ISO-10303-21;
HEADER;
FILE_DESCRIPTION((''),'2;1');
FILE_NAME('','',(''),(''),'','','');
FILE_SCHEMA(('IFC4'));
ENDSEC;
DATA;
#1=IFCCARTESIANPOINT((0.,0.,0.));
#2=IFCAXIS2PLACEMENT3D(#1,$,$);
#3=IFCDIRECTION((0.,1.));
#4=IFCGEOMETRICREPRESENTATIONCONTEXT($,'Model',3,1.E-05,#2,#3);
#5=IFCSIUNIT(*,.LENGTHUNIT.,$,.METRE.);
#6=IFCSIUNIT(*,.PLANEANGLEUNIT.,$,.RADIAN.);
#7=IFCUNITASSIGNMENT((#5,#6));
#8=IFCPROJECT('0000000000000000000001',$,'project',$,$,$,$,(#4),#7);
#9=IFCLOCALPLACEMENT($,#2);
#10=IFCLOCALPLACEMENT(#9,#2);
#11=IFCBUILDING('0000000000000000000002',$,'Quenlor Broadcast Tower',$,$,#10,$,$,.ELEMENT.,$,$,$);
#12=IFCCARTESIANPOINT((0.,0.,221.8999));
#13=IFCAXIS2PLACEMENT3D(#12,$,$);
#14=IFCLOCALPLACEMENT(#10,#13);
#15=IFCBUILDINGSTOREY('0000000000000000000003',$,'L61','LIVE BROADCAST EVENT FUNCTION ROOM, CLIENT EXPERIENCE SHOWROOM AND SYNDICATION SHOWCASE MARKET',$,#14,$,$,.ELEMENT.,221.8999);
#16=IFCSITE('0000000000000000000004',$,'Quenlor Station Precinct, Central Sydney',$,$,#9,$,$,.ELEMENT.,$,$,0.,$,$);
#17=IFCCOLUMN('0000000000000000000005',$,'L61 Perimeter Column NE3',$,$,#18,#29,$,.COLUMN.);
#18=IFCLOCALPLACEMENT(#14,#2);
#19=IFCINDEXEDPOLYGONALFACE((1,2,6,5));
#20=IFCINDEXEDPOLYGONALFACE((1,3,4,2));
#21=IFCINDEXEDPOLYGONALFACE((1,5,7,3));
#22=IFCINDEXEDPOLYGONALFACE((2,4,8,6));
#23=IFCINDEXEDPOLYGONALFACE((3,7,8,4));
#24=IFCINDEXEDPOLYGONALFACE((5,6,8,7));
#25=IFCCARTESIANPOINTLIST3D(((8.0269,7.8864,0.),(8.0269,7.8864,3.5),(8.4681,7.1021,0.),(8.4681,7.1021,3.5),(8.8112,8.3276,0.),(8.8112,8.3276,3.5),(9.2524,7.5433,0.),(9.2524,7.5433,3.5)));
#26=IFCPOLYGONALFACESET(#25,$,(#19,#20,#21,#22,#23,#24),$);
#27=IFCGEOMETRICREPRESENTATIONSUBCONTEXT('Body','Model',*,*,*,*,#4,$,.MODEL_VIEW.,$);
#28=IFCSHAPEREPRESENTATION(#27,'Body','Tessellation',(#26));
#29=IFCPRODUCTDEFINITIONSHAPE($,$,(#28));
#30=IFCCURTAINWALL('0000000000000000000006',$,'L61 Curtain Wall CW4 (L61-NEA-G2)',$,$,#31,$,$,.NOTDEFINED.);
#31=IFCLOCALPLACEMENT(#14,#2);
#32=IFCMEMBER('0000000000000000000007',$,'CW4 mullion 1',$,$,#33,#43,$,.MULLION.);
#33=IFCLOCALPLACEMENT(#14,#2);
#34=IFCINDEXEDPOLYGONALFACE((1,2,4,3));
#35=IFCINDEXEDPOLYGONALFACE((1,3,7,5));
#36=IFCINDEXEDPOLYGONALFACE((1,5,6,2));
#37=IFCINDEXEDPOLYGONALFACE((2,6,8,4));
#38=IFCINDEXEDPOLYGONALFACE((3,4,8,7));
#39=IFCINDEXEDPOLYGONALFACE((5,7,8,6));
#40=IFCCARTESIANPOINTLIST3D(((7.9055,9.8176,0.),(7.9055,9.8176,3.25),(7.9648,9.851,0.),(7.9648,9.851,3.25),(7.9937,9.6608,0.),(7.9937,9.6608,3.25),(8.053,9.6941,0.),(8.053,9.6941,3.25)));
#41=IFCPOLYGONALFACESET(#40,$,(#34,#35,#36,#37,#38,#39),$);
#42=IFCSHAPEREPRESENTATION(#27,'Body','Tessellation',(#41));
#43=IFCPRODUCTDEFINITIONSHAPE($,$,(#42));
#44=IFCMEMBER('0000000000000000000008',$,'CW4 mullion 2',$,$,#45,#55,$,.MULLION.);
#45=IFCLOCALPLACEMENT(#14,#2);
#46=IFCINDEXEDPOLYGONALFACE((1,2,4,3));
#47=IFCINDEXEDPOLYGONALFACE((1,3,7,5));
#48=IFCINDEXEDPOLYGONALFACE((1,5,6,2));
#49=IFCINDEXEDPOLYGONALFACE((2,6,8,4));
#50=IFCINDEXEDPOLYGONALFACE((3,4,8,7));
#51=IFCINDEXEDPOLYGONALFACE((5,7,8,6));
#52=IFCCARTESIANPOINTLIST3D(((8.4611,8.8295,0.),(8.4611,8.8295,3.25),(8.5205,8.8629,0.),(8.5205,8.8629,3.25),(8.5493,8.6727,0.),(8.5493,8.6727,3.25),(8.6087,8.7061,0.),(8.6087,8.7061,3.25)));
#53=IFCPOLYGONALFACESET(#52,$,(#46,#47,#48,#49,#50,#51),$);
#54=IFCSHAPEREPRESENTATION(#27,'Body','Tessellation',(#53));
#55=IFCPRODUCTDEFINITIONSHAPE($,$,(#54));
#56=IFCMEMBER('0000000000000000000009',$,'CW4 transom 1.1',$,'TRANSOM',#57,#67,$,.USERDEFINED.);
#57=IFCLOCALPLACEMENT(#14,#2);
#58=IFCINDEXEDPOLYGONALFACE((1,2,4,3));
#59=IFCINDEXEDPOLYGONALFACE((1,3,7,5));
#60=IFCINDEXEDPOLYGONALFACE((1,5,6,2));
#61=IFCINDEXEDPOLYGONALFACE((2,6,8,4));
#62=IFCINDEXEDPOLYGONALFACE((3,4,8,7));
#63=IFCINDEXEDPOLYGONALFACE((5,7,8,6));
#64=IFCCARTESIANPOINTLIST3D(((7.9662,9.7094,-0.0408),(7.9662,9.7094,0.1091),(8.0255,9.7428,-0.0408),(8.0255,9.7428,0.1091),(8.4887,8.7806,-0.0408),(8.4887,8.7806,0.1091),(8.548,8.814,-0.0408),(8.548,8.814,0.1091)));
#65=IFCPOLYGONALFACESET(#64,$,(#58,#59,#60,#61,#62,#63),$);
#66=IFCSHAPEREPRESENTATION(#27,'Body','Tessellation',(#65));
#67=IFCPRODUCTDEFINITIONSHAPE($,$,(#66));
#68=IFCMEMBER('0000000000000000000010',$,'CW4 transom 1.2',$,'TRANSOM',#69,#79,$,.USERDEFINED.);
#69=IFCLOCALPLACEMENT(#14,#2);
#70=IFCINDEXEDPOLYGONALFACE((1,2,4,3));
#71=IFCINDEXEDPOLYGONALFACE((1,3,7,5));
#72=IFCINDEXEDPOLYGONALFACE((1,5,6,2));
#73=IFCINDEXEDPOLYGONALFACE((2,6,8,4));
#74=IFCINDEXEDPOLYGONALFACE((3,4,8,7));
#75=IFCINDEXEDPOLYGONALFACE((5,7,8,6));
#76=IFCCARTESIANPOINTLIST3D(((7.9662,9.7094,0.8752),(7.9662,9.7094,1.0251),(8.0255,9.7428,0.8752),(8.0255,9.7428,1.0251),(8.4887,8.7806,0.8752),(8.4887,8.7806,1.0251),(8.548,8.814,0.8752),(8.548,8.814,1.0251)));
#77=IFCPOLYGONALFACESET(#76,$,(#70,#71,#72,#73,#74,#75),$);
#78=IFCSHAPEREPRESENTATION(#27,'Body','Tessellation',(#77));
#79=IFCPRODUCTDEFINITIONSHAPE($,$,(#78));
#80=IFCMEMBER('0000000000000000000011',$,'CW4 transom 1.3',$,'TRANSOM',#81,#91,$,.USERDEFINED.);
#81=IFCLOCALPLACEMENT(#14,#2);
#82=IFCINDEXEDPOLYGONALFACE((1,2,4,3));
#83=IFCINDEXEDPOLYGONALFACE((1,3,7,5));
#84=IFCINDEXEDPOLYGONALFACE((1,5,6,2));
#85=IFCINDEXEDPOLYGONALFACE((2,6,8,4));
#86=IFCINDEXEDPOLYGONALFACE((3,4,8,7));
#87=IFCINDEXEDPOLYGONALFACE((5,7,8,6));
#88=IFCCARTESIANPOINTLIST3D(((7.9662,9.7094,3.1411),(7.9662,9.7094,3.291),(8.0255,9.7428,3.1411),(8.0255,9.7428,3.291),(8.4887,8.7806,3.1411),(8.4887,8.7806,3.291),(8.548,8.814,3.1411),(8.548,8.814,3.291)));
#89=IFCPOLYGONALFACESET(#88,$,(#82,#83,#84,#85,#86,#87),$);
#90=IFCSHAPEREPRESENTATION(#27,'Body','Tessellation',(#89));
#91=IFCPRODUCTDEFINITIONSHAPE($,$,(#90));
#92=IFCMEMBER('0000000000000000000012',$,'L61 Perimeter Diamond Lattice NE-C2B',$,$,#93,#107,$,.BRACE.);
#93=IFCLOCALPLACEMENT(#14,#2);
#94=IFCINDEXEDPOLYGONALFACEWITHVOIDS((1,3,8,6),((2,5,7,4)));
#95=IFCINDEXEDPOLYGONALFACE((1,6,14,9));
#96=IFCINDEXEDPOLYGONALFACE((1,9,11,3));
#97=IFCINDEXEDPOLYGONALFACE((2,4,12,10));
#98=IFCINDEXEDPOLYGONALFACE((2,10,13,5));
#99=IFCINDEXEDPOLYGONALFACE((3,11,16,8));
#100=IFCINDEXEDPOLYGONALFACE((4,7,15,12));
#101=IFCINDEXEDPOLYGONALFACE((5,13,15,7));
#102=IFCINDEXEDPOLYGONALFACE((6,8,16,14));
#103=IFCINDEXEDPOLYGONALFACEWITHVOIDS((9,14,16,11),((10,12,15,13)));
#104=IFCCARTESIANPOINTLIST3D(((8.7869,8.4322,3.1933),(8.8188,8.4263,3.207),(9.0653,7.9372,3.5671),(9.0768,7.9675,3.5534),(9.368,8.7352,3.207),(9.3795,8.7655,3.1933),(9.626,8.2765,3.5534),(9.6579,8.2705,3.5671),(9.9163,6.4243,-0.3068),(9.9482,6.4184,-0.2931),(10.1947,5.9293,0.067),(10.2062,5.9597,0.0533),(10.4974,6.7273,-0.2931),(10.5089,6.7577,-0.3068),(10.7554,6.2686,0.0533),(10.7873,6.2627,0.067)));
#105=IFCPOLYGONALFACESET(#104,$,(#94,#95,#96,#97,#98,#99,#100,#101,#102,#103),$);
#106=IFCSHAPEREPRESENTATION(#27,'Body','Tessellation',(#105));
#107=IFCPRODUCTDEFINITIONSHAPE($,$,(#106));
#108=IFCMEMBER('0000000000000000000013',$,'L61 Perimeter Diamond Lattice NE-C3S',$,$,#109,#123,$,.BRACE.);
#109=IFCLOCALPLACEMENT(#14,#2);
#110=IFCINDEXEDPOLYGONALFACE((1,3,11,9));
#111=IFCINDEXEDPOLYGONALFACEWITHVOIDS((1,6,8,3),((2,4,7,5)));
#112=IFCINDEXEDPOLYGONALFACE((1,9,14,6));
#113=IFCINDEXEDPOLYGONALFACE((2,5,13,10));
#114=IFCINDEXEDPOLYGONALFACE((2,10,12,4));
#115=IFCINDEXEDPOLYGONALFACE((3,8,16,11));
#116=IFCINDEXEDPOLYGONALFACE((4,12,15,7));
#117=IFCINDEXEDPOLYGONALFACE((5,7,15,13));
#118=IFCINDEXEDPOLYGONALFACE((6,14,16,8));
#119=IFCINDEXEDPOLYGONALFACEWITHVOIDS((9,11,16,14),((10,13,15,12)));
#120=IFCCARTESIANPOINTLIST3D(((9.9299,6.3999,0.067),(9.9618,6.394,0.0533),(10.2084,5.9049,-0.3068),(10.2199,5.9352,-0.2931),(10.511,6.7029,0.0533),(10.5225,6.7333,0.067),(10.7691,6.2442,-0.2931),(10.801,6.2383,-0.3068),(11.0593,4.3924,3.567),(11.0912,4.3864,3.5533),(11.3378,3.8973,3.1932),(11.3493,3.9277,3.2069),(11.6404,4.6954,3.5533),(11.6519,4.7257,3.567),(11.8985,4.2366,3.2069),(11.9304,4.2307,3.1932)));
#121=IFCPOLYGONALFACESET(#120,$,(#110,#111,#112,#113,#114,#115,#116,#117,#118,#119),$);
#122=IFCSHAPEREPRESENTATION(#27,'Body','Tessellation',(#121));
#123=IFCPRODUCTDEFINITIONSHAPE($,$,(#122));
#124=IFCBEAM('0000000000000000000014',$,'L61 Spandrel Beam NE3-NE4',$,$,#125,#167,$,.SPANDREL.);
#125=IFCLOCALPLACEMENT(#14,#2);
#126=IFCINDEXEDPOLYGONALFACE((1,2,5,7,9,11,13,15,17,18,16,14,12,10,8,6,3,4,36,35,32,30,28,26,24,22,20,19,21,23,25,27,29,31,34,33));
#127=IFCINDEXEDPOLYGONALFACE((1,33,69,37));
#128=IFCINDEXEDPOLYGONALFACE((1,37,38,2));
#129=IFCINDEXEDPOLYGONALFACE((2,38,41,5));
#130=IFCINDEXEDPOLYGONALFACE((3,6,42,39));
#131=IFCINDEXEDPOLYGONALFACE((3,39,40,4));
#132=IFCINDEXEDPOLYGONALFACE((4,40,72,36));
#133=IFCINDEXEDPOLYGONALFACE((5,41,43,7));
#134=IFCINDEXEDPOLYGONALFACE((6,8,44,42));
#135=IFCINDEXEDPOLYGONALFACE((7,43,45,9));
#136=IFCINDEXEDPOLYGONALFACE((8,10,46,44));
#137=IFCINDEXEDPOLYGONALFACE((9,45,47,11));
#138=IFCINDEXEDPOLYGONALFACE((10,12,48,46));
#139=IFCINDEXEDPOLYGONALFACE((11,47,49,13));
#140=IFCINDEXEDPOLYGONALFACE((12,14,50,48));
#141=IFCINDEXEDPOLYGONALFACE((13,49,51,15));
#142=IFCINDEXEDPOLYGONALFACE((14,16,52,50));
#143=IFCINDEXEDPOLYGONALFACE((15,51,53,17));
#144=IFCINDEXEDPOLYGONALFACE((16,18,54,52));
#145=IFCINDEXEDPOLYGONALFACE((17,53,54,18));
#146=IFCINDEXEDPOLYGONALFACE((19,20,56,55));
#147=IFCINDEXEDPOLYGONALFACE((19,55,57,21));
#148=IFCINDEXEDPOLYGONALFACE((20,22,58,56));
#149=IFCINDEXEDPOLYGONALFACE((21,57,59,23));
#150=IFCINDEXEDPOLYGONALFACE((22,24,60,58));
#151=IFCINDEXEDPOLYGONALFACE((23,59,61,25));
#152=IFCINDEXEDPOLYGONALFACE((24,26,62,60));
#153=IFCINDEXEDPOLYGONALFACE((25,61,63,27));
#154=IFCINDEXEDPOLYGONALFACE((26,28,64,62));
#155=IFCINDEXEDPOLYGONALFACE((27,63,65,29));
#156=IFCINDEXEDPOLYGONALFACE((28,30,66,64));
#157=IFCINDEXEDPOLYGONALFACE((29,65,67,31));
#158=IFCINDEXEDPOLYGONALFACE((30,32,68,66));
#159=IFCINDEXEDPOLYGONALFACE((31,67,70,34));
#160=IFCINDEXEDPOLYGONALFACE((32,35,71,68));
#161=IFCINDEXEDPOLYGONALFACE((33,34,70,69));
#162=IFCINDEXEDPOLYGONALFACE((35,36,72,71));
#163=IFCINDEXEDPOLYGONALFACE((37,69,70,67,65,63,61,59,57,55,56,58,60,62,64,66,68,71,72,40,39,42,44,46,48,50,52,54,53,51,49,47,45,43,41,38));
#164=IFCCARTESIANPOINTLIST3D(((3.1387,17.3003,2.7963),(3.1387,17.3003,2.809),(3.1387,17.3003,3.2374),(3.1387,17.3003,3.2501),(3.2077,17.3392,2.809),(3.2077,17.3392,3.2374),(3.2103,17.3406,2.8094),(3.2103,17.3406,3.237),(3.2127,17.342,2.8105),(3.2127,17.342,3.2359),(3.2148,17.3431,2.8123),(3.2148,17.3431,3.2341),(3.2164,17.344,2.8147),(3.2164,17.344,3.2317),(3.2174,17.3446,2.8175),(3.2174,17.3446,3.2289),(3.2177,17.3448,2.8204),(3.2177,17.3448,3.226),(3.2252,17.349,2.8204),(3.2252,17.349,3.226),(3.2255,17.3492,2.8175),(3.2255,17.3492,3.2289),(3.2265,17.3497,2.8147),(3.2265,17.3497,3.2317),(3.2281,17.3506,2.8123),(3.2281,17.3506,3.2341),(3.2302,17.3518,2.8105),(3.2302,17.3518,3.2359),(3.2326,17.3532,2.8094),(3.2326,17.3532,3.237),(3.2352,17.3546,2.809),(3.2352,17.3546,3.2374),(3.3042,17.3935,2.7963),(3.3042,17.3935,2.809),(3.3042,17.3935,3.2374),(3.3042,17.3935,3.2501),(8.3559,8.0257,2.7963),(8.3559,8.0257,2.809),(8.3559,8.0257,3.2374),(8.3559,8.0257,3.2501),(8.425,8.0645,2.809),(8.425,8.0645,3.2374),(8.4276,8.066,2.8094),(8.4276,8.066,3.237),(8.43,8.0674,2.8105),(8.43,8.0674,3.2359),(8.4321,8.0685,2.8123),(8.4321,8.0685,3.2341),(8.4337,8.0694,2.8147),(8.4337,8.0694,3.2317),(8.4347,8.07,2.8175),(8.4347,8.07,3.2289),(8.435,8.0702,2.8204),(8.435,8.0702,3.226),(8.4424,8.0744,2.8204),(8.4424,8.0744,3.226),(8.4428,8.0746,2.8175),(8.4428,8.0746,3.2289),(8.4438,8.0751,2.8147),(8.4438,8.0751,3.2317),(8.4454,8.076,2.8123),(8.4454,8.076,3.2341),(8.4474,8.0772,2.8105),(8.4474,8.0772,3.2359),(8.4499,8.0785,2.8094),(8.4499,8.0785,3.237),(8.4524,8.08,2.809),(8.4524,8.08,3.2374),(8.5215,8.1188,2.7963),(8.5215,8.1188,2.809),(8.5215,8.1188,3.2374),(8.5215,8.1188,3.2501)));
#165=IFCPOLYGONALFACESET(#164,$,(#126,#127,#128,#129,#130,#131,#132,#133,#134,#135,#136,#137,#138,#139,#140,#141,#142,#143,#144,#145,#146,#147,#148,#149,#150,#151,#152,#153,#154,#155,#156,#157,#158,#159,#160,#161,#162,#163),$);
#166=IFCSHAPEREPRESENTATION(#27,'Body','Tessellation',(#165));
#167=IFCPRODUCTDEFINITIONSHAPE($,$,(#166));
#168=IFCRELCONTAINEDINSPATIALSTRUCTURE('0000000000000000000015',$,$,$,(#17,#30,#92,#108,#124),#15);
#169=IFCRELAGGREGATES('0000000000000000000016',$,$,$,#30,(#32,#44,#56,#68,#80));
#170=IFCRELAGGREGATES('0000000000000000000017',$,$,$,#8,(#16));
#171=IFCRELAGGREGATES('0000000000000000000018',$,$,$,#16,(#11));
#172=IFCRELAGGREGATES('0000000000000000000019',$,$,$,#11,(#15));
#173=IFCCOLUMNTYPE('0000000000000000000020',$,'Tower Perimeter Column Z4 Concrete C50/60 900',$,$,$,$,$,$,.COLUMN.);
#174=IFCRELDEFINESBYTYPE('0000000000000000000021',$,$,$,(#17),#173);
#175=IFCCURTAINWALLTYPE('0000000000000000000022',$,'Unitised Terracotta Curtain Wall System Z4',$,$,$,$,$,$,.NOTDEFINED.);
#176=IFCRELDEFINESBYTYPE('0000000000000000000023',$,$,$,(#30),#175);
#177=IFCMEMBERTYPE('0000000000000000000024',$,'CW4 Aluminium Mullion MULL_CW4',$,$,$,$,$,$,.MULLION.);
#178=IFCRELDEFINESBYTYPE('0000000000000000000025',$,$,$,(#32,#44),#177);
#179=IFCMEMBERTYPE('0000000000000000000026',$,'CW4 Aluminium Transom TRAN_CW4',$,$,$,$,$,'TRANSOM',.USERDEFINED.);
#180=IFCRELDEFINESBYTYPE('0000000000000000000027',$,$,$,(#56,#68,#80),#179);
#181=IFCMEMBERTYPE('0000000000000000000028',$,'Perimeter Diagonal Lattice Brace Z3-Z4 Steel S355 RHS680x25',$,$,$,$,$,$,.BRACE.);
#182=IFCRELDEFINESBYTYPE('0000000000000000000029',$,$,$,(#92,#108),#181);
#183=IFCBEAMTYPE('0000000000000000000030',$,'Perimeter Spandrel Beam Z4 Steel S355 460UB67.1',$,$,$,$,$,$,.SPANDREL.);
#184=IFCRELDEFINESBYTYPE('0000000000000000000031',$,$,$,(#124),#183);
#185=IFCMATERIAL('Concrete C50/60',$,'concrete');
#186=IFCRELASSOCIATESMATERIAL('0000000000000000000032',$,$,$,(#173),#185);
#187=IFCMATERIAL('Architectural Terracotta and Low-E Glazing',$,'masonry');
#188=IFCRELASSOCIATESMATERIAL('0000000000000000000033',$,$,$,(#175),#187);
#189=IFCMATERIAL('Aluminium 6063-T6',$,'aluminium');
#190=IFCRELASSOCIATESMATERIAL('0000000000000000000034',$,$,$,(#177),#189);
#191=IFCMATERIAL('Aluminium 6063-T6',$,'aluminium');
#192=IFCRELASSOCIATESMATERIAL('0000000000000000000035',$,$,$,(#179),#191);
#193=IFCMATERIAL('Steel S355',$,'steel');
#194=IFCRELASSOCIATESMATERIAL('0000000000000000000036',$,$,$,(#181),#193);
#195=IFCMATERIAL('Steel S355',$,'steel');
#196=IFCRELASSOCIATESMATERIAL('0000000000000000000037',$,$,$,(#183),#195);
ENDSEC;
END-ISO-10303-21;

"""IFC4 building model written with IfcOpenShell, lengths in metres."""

from ifc_helpers import new_model, si_unit, direction, frame, origin, origin_2d, place, context, subcontext, project, spatial, rectangle, hollow_rectangle, i_section, extrude, material, material_profile, profile_set, type_object, element, aggregate, save


model = new_model("IFC4")

# Units and contexts
model_context = context("Model", 3, precision=1e-05, world=origin(), true_north=direction((0.0, 1.0)))
body_context = subcontext(model_context, "Body", "Model", "MODEL_VIEW")
ifc_project = project(units=[si_unit("LENGTHUNIT", "METRE"), si_unit("PLANEANGLEUNIT", "RADIAN")], contexts=[model_context])

# Site, building, storey
site_placement = place(None, origin())
site = spatial("IfcSite", under=ifc_project, at=site_placement, Name="Quenlor Station Precinct, Central Sydney", CompositionType="ELEMENT", RefElevation=0.0)
building_placement = place(site_placement, origin())
building = spatial("IfcBuilding", under=site, at=building_placement, Name="Quenlor Broadcast Tower", CompositionType="ELEMENT")
storey_placement = place(building_placement, frame((0.0, 0.0, 221.8999)))
storey = spatial("IfcBuildingStorey", under=building, at=storey_placement, Name="L61", Description="LIVE BROADCAST EVENT FUNCTION ROOM, CLIENT EXPERIENCE SHOWROOM AND SYNDICATION SHOWCASE MARKET", CompositionType="ELEMENT", Elevation=221.8999)

# Column
ifc_material_1 = material(Name="Concrete C50/60", Category="concrete")
ifc_material_profile_1 = material_profile(ifc_material_1, rectangle(XDim=0.8999, YDim=0.8999, at=origin_2d()))
ifc_profile_set_1 = profile_set([ifc_material_profile_1], Name="Concrete C50/60 RC900x900")
column_type = type_object("IfcColumnType", Name="Tower Perimeter Column Z4 Concrete C50/60 900", PredefinedType="COLUMN", material=ifc_profile_set_1)
column_placement = place(storey_placement, frame((8.6396, 7.7148, 0.0), z_axis=(0.0, 0.0, 1.0), x_axis=(0.871575, 0.490262, 0.0)))
element("IfcColumn", 1, at=column_placement, inside=storey, type_object=column_type, Name="L61 Perimeter Column NE3", PredefinedType="COLUMN", context=body_context, shape_type="SweptSolid", body=[
    extrude(rectangle(XDim=0.8999, YDim=0.8999, at=origin_2d()), origin(), (0.0, 0.0, 1.0), 3.5),
])

# Curtain wall, members
ifc_material_2 = material(Name="Architectural Terracotta and Low-E Glazing", Category="masonry")
curtain_wall_type = type_object("IfcCurtainWallType", Name="Unitised Terracotta Curtain Wall System Z4", PredefinedType="NOTDEFINED", material=ifc_material_2)
curtain_wall_placement = place(storey_placement, origin())
curtain_wall = element("IfcCurtainWall", 2, at=curtain_wall_placement, inside=storey, type_object=curtain_wall_type, Name="L61 Curtain Wall CW4 (L61-NEA-G2)", PredefinedType="NOTDEFINED")
ifc_material_3 = material(Name="Aluminium 6063-T6", Category="aluminium")
ifc_material_profile_2 = material_profile(ifc_material_3, rectangle(XDim=0.0681, YDim=0.1799, at=origin_2d()))
ifc_profile_set_2 = profile_set([ifc_material_profile_2], Name="Aluminium 6063-T6 MULL68x180")
member_type_1 = type_object("IfcMemberType", Name="CW4 Aluminium Mullion MULL_CW4", PredefinedType="MULLION", material=ifc_profile_set_2)
member_1_placement = place(storey_placement, frame((7.9792, 9.7559, 0.0), z_axis=(0.0, 0.0, 1.0), x_axis=(0.871558, 0.490293, 0.0)))
member_1 = element("IfcMember", 3, at=member_1_placement, type_object=member_type_1, Name="CW4 mullion 1", PredefinedType="MULLION", context=body_context, shape_type="SweptSolid", body=[
    extrude(rectangle(XDim=0.0681, YDim=0.1799, at=origin_2d()), origin(), (0.0, 0.0, 1.0), 3.25),
])
member_2_placement = place(storey_placement, frame((8.5349, 8.7678, 0.0), z_axis=(0.0, 0.0, 1.0), x_axis=(0.871558, 0.490293, 0.0)))
member_2 = element("IfcMember", 4, at=member_2_placement, type_object=member_type_1, Name="CW4 mullion 2", PredefinedType="MULLION", context=body_context, shape_type="SweptSolid", body=[
    extrude(rectangle(XDim=0.0681, YDim=0.1799, at=origin_2d()), origin(), (0.0, 0.0, 1.0), 3.25),
])
ifc_material_4 = material(Name="Aluminium 6063-T6", Category="aluminium")
ifc_material_profile_3 = material_profile(ifc_material_4, rectangle(XDim=0.0681, YDim=0.1499, at=origin_2d()))
ifc_profile_set_3 = profile_set([ifc_material_profile_3], Name="Aluminium 6063-T6 TRAN68x150")
member_type_2 = type_object("IfcMemberType", Name="CW4 Aluminium Transom TRAN_CW4", ElementType="TRANSOM", PredefinedType="USERDEFINED", material=ifc_profile_set_3)
member_3_placement = place(storey_placement, frame((7.9958, 9.7261, 0.0342), z_axis=(0.490305, -0.871551, 0.0), x_axis=(0.871551, 0.490305, 0.0)))
member_3 = element("IfcMember", 5, at=member_3_placement, type_object=member_type_2, Name="CW4 transom 1.1", ObjectType="TRANSOM", PredefinedType="USERDEFINED", context=body_context, shape_type="SweptSolid", body=[
    extrude(rectangle(XDim=0.0681, YDim=0.1499, at=origin_2d()), origin(), (0.0, 0.0, 1.0), 1.0657),
])
member_4_placement = place(storey_placement, frame((7.9958, 9.7261, 0.9502), z_axis=(0.490305, -0.871551, 0.0), x_axis=(0.871551, 0.490305, 0.0)))
member_4 = element("IfcMember", 6, at=member_4_placement, type_object=member_type_2, Name="CW4 transom 1.2", ObjectType="TRANSOM", PredefinedType="USERDEFINED", context=body_context, shape_type="SweptSolid", body=[
    extrude(rectangle(XDim=0.0681, YDim=0.1499, at=origin_2d()), origin(), (0.0, 0.0, 1.0), 1.0657),
])
member_5_placement = place(storey_placement, frame((7.9958, 9.7261, 3.2161), z_axis=(0.490305, -0.871551, 0.0), x_axis=(0.871551, 0.490305, 0.0)))
member_5 = element("IfcMember", 7, at=member_5_placement, type_object=member_type_2, Name="CW4 transom 1.3", ObjectType="TRANSOM", PredefinedType="USERDEFINED", context=body_context, shape_type="SweptSolid", body=[
    extrude(rectangle(XDim=0.0681, YDim=0.1499, at=origin_2d()), origin(), (0.0, 0.0, 1.0), 1.0657),
])

# Members
ifc_material_5 = material(Name="Steel S355", Category="steel")
ifc_material_profile_4 = material_profile(ifc_material_5, hollow_rectangle(XDim=0.6799, YDim=0.6799, WallThickness=0.0249, at=origin_2d()))
ifc_profile_set_4 = profile_set([ifc_material_profile_4], Name="Steel S355 RHS680x680x25")
member_type_3 = type_object("IfcMemberType", Name="Perimeter Diagonal Lattice Brace Z3-Z4 Steel S355 RHS680x25", PredefinedType="BRACE", material=ifc_profile_set_4)
member_6_placement = place(storey_placement, frame((10.3518, 6.3435, -0.1199), z_axis=(-0.26954, 0.479181, 0.835305), x_axis=(-0.871576, -0.490261, 0.0)))
element("IfcMember", 8, at=member_6_placement, inside=storey, type_object=member_type_3, Name="L61 Perimeter Diamond Lattice NE-C2B", PredefinedType="BRACE", context=body_context, shape_type="SweptSolid", body=[
    extrude(hollow_rectangle(XDim=0.6799, YDim=0.6799, WallThickness=0.0249, at=origin_2d()), origin(), (0.0, 0.0, 1.0), 4.1902),
])
member_7_placement = place(storey_placement, frame((10.3655, 6.3191, -0.1199), z_axis=(0.269547, -0.479136, 0.835328), x_axis=(0.87155, 0.490307, 0.0)))
element("IfcMember", 9, at=member_7_placement, inside=storey, type_object=member_type_3, Name="L61 Perimeter Diamond Lattice NE-C3S", PredefinedType="BRACE", context=body_context, shape_type="SweptSolid", body=[
    extrude(hollow_rectangle(XDim=0.6799, YDim=0.6799, WallThickness=0.0249, at=origin_2d()), origin(), (0.0, 0.0, 1.0), 4.1899),
])

# Beam
ifc_material_6 = material(Name="Steel S355", Category="steel")
ifc_material_profile_5 = material_profile(ifc_material_6, i_section(OverallWidth=0.1899, OverallDepth=0.4539, WebThickness=0.0085, FlangeThickness=0.0127, FilletRadius=0.0115, at=origin_2d()))
ifc_profile_set_5 = profile_set([ifc_material_profile_5], Name="Steel S355 460UB67.1")
beam_type_1 = type_object("IfcBeamType", Name="Perimeter Spandrel Beam Z4 Steel S355 460UB67.1", PredefinedType="SPANDREL", material=ifc_profile_set_5)
beam_1_placement = place(storey_placement, frame((8.4387, 8.0723, 3.0232), z_axis=(-0.490282, 0.871564, 0.0), x_axis=(-0.871564, -0.490282, 0.0)))
element("IfcBeam", 10, at=beam_1_placement, inside=storey, type_object=beam_type_1, Name="L61 Spandrel Beam NE3-NE4", PredefinedType="SPANDREL", context=body_context, shape_type="SweptSolid", body=[
    extrude(i_section(OverallWidth=0.1899, OverallDepth=0.4539, WebThickness=0.0085, FlangeThickness=0.0127, FilletRadius=0.0115, at=origin_2d()), origin(), (0.0, 0.0, 1.0), 10.6414),
])

aggregate(curtain_wall, [member_1, member_2, member_3, member_4, member_5])

save(model, "model.ifc")
